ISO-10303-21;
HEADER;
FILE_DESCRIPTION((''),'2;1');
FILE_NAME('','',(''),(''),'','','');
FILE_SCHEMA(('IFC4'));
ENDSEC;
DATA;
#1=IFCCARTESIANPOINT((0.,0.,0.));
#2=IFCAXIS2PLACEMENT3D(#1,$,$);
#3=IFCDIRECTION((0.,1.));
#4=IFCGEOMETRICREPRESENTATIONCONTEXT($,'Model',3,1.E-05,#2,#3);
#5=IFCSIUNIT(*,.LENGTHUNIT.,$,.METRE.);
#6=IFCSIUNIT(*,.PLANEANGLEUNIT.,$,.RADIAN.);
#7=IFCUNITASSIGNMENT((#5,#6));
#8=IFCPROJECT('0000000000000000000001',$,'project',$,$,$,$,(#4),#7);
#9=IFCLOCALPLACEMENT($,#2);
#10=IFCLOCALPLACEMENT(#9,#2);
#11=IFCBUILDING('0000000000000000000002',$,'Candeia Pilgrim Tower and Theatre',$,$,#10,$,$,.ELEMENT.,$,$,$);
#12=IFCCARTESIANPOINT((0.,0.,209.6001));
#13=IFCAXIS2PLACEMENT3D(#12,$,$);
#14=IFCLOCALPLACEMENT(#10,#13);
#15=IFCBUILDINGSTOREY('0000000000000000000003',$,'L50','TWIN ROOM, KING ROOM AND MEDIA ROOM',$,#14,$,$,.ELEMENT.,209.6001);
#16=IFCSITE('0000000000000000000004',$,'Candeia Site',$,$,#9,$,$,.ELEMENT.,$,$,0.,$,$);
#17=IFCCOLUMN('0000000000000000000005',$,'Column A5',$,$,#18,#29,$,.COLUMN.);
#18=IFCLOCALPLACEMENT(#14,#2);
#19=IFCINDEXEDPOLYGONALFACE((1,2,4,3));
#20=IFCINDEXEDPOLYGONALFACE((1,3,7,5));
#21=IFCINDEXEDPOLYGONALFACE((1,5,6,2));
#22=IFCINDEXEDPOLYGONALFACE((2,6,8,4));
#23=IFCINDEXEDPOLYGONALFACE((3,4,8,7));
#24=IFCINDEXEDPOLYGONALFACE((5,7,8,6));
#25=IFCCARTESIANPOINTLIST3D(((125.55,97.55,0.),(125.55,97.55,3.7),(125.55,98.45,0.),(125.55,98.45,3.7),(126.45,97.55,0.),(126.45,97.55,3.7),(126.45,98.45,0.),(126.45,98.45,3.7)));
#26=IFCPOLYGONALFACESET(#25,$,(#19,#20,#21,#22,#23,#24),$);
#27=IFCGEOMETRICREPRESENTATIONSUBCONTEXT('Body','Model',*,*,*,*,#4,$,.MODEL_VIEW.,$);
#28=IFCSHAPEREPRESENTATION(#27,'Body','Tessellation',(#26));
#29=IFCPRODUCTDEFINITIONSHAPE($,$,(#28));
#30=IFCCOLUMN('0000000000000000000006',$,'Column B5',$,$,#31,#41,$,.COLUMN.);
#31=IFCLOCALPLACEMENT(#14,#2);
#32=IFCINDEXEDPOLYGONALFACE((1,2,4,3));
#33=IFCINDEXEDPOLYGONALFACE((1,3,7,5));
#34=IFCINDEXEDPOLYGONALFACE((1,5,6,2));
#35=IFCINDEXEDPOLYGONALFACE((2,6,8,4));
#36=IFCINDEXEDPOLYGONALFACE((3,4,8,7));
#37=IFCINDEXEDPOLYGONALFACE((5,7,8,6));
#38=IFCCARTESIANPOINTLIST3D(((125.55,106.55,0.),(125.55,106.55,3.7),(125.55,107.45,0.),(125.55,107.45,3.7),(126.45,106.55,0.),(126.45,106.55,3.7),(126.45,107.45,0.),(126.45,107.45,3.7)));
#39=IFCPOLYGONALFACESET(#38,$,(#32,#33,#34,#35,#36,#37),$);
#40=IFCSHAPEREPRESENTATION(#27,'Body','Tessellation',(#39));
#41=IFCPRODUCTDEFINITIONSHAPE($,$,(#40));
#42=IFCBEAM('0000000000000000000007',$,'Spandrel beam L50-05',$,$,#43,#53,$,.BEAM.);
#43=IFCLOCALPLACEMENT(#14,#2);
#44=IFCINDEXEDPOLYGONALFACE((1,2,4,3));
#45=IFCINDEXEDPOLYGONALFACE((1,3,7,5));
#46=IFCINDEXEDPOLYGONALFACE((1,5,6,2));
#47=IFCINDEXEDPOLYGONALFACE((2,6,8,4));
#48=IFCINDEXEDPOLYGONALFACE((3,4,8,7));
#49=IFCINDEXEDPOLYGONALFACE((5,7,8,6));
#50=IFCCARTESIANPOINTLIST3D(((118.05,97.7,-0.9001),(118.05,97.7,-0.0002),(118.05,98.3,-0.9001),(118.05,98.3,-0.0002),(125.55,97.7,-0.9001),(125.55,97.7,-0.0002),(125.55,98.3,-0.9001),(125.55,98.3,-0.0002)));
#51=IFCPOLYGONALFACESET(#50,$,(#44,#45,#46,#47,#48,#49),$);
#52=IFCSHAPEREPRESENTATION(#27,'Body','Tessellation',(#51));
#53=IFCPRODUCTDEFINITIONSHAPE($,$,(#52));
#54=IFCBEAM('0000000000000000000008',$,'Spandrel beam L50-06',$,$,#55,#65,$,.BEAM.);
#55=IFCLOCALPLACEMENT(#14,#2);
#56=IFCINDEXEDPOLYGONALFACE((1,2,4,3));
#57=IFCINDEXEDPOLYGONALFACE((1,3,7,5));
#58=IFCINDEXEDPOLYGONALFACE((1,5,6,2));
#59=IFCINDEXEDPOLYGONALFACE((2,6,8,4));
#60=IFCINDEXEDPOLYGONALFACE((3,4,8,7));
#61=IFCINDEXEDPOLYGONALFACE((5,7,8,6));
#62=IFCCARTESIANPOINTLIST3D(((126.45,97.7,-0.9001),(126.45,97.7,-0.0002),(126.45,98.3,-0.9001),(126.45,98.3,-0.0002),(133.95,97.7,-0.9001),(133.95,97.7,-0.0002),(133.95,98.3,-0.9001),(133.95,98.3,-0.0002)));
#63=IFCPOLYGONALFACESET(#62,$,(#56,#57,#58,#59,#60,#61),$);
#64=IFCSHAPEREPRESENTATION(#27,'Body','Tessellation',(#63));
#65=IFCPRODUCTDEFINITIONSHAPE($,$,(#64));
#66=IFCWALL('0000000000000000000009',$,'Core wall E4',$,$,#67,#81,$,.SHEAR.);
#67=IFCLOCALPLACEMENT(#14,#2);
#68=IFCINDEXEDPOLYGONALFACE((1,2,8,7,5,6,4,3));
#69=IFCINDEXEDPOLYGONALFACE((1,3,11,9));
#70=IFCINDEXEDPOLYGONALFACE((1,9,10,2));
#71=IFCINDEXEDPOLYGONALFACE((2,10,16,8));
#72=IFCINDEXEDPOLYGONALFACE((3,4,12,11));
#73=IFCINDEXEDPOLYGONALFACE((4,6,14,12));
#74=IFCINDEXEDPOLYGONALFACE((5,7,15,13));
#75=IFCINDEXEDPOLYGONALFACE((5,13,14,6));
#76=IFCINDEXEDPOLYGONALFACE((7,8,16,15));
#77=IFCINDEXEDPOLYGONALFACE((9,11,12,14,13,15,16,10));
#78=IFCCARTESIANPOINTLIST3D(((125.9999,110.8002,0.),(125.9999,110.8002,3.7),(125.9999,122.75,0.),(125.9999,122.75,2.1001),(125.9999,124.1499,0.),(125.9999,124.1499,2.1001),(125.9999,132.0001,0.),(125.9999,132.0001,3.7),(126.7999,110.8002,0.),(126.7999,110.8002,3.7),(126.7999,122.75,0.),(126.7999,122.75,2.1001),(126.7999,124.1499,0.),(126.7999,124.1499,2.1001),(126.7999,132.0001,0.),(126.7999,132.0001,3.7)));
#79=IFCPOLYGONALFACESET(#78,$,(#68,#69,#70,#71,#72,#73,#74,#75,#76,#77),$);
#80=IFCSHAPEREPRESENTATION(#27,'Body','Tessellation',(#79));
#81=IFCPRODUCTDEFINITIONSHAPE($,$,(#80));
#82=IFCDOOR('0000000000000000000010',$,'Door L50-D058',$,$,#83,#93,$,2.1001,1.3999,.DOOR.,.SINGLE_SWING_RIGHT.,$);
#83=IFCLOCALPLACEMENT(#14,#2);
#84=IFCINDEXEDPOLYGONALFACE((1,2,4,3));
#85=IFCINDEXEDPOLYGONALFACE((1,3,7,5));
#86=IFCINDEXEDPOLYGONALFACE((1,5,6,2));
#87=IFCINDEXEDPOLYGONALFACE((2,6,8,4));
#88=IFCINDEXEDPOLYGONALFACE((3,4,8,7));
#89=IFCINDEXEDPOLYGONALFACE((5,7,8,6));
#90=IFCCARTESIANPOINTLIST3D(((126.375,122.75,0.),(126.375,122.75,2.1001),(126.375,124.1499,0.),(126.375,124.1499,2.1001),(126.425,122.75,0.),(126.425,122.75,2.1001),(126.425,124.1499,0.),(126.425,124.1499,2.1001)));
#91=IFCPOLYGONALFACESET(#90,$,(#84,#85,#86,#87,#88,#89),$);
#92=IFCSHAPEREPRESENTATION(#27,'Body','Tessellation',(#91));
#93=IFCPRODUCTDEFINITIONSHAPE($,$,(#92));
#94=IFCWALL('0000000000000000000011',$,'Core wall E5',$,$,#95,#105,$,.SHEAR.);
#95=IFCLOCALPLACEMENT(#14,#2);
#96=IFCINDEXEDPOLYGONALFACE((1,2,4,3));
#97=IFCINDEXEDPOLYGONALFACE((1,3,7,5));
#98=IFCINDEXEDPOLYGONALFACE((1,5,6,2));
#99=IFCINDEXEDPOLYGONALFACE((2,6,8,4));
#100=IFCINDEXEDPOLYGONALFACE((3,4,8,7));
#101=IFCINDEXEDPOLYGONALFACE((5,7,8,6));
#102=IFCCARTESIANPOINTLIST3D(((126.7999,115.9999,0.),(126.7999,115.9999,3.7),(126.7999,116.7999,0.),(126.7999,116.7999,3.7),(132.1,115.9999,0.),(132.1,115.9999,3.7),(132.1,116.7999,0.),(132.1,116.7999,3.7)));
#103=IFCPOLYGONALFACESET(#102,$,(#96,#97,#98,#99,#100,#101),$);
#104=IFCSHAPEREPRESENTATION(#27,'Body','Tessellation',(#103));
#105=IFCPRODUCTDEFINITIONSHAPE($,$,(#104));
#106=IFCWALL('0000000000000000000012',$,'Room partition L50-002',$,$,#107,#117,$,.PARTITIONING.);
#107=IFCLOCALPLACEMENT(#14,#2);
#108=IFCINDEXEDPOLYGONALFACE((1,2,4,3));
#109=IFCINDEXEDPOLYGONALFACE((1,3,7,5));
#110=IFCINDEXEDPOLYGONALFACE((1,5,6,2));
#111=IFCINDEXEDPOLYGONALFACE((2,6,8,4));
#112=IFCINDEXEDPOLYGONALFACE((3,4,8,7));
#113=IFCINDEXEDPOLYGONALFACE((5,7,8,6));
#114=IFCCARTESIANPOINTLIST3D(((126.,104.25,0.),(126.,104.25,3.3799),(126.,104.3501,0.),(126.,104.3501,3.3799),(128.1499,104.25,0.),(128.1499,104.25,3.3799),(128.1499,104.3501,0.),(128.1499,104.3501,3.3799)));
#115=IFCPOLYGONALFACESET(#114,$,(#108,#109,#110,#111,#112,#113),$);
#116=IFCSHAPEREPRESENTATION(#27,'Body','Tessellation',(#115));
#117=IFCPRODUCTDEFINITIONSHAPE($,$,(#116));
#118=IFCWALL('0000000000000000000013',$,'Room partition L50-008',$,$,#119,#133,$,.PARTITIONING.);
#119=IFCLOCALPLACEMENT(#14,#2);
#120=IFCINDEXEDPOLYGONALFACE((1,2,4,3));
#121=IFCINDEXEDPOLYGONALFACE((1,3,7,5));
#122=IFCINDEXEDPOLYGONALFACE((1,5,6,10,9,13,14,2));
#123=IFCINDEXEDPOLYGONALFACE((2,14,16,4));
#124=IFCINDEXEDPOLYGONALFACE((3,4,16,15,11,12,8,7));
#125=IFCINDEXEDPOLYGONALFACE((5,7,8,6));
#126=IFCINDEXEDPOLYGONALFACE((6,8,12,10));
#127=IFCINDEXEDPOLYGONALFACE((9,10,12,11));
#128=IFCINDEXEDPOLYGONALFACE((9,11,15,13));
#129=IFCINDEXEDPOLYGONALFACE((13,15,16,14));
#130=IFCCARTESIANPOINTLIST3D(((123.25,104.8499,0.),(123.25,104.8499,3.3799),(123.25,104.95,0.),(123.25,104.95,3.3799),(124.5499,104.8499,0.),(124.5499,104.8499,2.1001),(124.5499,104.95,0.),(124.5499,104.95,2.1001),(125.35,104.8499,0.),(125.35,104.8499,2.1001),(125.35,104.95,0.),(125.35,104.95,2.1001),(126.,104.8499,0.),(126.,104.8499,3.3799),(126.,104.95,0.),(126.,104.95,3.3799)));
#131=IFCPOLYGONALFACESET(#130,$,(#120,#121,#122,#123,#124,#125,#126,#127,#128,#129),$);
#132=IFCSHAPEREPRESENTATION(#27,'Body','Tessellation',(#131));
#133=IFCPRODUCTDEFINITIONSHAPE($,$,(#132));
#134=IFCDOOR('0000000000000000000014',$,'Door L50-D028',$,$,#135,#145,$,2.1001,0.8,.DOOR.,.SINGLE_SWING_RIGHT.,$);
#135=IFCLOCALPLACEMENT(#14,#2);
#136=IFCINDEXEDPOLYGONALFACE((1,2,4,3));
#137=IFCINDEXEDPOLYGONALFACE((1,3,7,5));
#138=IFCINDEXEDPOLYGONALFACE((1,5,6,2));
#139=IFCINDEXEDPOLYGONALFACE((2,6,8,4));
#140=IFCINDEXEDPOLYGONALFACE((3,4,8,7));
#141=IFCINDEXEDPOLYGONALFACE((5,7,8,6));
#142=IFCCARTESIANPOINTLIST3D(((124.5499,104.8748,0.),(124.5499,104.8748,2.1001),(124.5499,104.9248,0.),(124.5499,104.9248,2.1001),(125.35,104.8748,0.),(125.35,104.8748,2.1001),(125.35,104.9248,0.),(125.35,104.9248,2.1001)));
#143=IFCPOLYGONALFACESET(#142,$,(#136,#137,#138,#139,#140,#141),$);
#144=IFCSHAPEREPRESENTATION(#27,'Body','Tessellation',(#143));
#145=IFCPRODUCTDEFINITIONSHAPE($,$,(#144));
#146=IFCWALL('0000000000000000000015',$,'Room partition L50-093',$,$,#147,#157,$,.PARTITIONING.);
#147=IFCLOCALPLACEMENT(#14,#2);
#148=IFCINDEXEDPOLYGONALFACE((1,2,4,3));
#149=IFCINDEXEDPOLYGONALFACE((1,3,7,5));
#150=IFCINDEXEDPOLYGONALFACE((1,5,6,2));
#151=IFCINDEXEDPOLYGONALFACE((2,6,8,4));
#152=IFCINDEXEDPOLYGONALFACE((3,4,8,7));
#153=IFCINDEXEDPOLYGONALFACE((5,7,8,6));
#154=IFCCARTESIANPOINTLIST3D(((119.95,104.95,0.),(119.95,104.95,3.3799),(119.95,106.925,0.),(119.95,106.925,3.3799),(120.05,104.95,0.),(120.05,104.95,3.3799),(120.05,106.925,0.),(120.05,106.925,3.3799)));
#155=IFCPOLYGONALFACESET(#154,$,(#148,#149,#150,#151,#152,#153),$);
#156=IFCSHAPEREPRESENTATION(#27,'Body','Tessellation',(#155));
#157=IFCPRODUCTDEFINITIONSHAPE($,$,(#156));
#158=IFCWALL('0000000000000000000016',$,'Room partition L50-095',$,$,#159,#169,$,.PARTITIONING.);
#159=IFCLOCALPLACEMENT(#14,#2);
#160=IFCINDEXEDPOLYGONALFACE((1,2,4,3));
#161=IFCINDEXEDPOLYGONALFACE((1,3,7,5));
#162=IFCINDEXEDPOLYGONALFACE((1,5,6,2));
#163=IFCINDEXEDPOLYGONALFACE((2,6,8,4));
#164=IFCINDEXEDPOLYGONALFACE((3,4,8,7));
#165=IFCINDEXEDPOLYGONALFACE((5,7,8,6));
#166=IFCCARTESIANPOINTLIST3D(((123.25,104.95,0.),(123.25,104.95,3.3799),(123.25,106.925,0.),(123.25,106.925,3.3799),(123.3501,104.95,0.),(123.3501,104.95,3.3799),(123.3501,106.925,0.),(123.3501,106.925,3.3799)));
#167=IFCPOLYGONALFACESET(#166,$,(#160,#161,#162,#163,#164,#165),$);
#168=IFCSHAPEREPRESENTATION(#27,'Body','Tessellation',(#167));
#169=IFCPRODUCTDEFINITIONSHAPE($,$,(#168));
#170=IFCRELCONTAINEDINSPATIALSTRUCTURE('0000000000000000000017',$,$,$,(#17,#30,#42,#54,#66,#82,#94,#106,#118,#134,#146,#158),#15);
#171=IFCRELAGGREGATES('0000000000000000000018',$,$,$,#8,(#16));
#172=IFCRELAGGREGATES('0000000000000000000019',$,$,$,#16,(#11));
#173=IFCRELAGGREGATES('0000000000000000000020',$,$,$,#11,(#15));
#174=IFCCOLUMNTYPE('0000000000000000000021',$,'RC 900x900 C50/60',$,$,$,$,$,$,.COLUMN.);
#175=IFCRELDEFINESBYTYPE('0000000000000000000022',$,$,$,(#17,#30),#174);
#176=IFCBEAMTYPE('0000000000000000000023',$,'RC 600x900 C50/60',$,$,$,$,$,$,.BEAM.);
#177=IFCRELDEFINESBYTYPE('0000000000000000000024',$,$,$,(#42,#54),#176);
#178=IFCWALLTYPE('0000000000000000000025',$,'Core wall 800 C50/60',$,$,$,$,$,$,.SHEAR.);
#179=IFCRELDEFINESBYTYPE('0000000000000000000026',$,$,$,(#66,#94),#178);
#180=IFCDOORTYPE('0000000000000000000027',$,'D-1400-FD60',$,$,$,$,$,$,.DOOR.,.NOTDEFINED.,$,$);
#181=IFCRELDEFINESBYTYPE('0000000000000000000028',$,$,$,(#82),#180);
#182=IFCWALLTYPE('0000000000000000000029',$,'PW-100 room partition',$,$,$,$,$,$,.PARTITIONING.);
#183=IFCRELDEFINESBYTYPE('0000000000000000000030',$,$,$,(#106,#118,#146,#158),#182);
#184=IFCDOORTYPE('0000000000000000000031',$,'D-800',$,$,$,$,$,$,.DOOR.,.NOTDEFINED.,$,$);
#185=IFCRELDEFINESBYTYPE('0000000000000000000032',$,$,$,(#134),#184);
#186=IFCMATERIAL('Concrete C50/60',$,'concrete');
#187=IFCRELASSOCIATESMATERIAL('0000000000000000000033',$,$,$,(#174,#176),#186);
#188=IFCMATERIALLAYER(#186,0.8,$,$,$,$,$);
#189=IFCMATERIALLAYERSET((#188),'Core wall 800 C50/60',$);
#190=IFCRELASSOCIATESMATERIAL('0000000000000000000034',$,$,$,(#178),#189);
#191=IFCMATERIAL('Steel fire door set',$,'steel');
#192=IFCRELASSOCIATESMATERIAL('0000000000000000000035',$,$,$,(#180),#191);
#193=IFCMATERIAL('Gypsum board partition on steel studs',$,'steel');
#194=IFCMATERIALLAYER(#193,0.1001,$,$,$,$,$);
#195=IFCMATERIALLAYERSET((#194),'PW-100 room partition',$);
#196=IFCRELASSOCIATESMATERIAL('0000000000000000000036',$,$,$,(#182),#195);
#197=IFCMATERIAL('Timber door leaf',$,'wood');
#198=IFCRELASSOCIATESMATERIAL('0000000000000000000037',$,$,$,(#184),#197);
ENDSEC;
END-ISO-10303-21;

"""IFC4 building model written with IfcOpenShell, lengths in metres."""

from ifc_helpers import new_model, si_unit, direction, frame, frame_2d, origin, origin_2d, place, context, subcontext, project, spatial, rectangle, extrude, material, layer, layer_set, material_profile, profile_set, type_object, element, fill, save


model = new_model("IFC4")

# Units and contexts
model_context = context("Model", 3, precision=1e-05, world=origin(), true_north=direction((0.0, 1.0)))
body_context = subcontext(model_context, "Body", "Model", "MODEL_VIEW")
ifc_project = project(units=[si_unit("LENGTHUNIT", "METRE"), si_unit("PLANEANGLEUNIT", "RADIAN")], contexts=[model_context])

# Site, building, storey
site_placement = place(None, origin())
site = spatial("IfcSite", under=ifc_project, at=site_placement, Name="Candeia Site", CompositionType="ELEMENT", RefElevation=0.0)
building_placement = place(site_placement, origin())
building = spatial("IfcBuilding", under=site, at=building_placement, Name="Candeia Pilgrim Tower and Theatre", CompositionType="ELEMENT")
storey_placement = place(building_placement, frame((0.0, 0.0, 209.6001)))
storey = spatial("IfcBuildingStorey", under=building, at=storey_placement, Name="L50", Description="TWIN ROOM, KING ROOM AND MEDIA ROOM", CompositionType="ELEMENT", Elevation=209.6001)

# Columns
ifc_material_1 = material(Name="Concrete C50/60", Category="concrete")
ifc_material_profile_1 = material_profile(ifc_material_1, rectangle(XDim=0.8999, YDim=0.8999, at=origin_2d()))
ifc_profile_set_1 = profile_set([ifc_material_profile_1], Name="Concrete C50/60")
column_type = type_object("IfcColumnType", Name="RC 900x900 C50/60", PredefinedType="COLUMN", material=ifc_profile_set_1)
for number, where, z_axis, x_axis, name in (
    (1, (126.0, 98.0, 0.0), (0.0, 0.0, 1.0), (1.0, 0.0, 0.0), "Column A5"),
    (2, (126.0, 107.0, 0.0), (0.0, 0.0, 1.0), (1.0, 0.0, 0.0), "Column B5"),
):
    element("IfcColumn", number, at=place(storey_placement, frame(where, z_axis=z_axis, x_axis=x_axis)), inside=storey, type_object=column_type, Name=name, PredefinedType="COLUMN", context=body_context, shape_type="SweptSolid", body=[
        extrude(rectangle(XDim=0.8999, YDim=0.8999, at=origin_2d()), origin(), (0.0, 0.0, 1.0), 3.7),
    ])

# Beams
ifc_material_profile_2 = material_profile(ifc_material_1, rectangle(XDim=0.6001, YDim=0.8999, at=origin_2d()))
ifc_profile_set_2 = profile_set([ifc_material_profile_2], Name="Concrete C50/60")
beam_type = type_object("IfcBeamType", Name="RC 600x900 C50/60", PredefinedType="BEAM", material=ifc_profile_set_2)
for number, where, z_axis, x_axis, name in (
    (3, (118.05, 98.0, -0.4502), (1.0, 0.0, 0.0), (0.0, 1.0, 0.0), "Spandrel beam L50-05"),
    (4, (126.45, 98.0, -0.4502), (1.0, 0.0, 0.0), (0.0, 1.0, 0.0), "Spandrel beam L50-06"),
):
    element("IfcBeam", number, at=place(storey_placement, frame(where, z_axis=z_axis, x_axis=x_axis)), inside=storey, type_object=beam_type, Name=name, PredefinedType="BEAM", context=body_context, shape_type="SweptSolid", body=[
        extrude(rectangle(XDim=0.6001, YDim=0.8999, at=origin_2d()), origin(), (0.0, 0.0, 1.0), 7.5),
    ])

# Wall, opening, door
ifc_layer_1 = layer(ifc_material_1, 0.8)
ifc_layer_set_1 = layer_set([ifc_layer_1], Name="Core wall 800 C50/60")
wall_type_1 = type_object("IfcWallType", Name="Core wall 800 C50/60", PredefinedType="SHEAR", material=ifc_layer_set_1)
wall_1_placement = place(storey_placement, frame((126.3999, 110.8, 0.0), z_axis=(0.0, 0.0, 1.0), x_axis=(0.0, 1.0, 0.0)))
wall_1 = element("IfcWall", 5, at=wall_1_placement, inside=storey, type_object=wall_type_1, Name="Core wall E4", PredefinedType="SHEAR", context=body_context, shape_type="SweptSolid", body=[
    extrude(rectangle(XDim=21.2, YDim=0.8, at=frame_2d((10.6001, 0.0))), origin(), (0.0, 0.0, 1.0), 3.7),
])
opening_1_placement = place(wall_1_placement, frame((11.95, 0.0, 0.0)))
opening_1 = element("IfcOpeningElement", 6, at=opening_1_placement, cuts=wall_1, PredefinedType="OPENING", context=body_context, shape_type="SweptSolid", body=[
    extrude(rectangle(XDim=1.3999, YDim=2.1001, at=frame_2d((0.7, 1.05))), frame((0.0, 0.4102, 0.0), z_axis=(0.0, -1.0, 0.0), x_axis=(1.0, 0.0, 0.0)), (0.0, 0.0, 1.0), 0.8201),
])
ifc_material_2 = material(Name="Steel fire door set", Category="steel")
door_type_1 = type_object("IfcDoorType", Name="D-1400-FD60", OperationType="NOTDEFINED", PredefinedType="DOOR", material=ifc_material_2)
door_1_placement = place(opening_1_placement, origin())
door_1 = element("IfcDoor", 7, at=door_1_placement, inside=storey, type_object=door_type_1, Name="Door L50-D058", OperationType="SINGLE_SWING_RIGHT", OverallHeight=2.1001, OverallWidth=1.3999, PredefinedType="DOOR", context=body_context, shape_type="SweptSolid", body=[
    extrude(rectangle(XDim=1.3999, YDim=2.1001, at=frame_2d((0.7, 1.05))), frame((0.0, 0.0249, 0.0), z_axis=(0.0, -1.0, 0.0), x_axis=(1.0, 0.0, 0.0)), (0.0, 0.0, 1.0), 0.05),
])
fill(opening_1, door_1)

# Walls
wall_2_placement = place(storey_placement, frame((126.8, 116.3999, 0.0), z_axis=(0.0, 0.0, 1.0), x_axis=(1.0, 0.0, 0.0)))
element("IfcWall", 8, at=wall_2_placement, inside=storey, type_object=wall_type_1, Name="Core wall E5", PredefinedType="SHEAR", context=body_context, shape_type="SweptSolid", body=[
    extrude(rectangle(XDim=5.3, YDim=0.8, at=frame_2d((2.6499, 0.0))), origin(), (0.0, 0.0, 1.0), 3.7),
])
ifc_material_3 = material(Name="Gypsum board partition on steel studs", Category="steel")
ifc_layer_2 = layer(ifc_material_3, 0.1001)
ifc_layer_set_2 = layer_set([ifc_layer_2], Name="PW-100 room partition")
wall_type_2 = type_object("IfcWallType", Name="PW-100 room partition", PredefinedType="PARTITIONING", material=ifc_layer_set_2)
wall_3_placement = place(storey_placement, frame((126.0, 104.3, 0.0), z_axis=(0.0, 0.0, 1.0), x_axis=(1.0, 0.0, 0.0)))
element("IfcWall", 9, at=wall_3_placement, inside=storey, type_object=wall_type_2, Name="Room partition L50-002", PredefinedType="PARTITIONING", context=body_context, shape_type="SweptSolid", body=[
    extrude(rectangle(XDim=2.1499, YDim=0.1001, at=frame_2d((1.075, 0.0))), origin(), (0.0, 0.0, 1.0), 3.3799),
])

# Wall, opening, door
wall_4_placement = place(storey_placement, frame((123.25, 104.8999, 0.0), z_axis=(0.0, 0.0, 1.0), x_axis=(1.0, 0.0, 0.0)))
wall_4 = element("IfcWall", 10, at=wall_4_placement, inside=storey, type_object=wall_type_2, Name="Room partition L50-008", PredefinedType="PARTITIONING", context=body_context, shape_type="SweptSolid", body=[
    extrude(rectangle(XDim=2.75, YDim=0.1001, at=frame_2d((1.375, 0.0))), origin(), (0.0, 0.0, 1.0), 3.3799),
])
opening_2_placement = place(wall_4_placement, frame((1.3, 0.0, 0.0)))
opening_2 = element("IfcOpeningElement", 11, at=opening_2_placement, cuts=wall_4, PredefinedType="OPENING", context=body_context, shape_type="SweptSolid", body=[
    extrude(rectangle(XDim=0.8, YDim=2.1001, at=frame_2d((0.3999, 1.05))), frame((0.0, 0.0601, 0.0), z_axis=(0.0, -1.0, 0.0), x_axis=(1.0, 0.0, 0.0)), (0.0, 0.0, 1.0), 0.1201),
])
ifc_material_4 = material(Name="Timber door leaf", Category="wood")
door_type_2 = type_object("IfcDoorType", Name="D-800", OperationType="NOTDEFINED", PredefinedType="DOOR", material=ifc_material_4)
door_2_placement = place(opening_2_placement, origin())
door_2 = element("IfcDoor", 12, at=door_2_placement, inside=storey, type_object=door_type_2, Name="Door L50-D028", OperationType="SINGLE_SWING_RIGHT", OverallHeight=2.1001, OverallWidth=0.8, PredefinedType="DOOR", context=body_context, shape_type="SweptSolid", body=[
    extrude(rectangle(XDim=0.8, YDim=2.1001, at=frame_2d((0.3999, 1.05))), frame((0.0, 0.0249, 0.0), z_axis=(0.0, -1.0, 0.0), x_axis=(1.0, 0.0, 0.0)), (0.0, 0.0, 1.0), 0.05),
])
fill(opening_2, door_2)

# Walls
for number, where, z_axis, x_axis, name in (
    (13, (120.0, 104.95, 0.0), (0.0, 0.0, 1.0), (0.0, 1.0, 0.0), "Room partition L50-093"),
    (14, (123.3, 104.95, 0.0), (0.0, 0.0, 1.0), (0.0, 1.0, 0.0), "Room partition L50-095"),
):
    element("IfcWall", number, at=place(storey_placement, frame(where, z_axis=z_axis, x_axis=x_axis)), inside=storey, type_object=wall_type_2, Name=name, PredefinedType="PARTITIONING", context=body_context, shape_type="SweptSolid", body=[
        extrude(rectangle(XDim=1.9751, YDim=0.1001, at=frame_2d((0.9875, 0.0))), origin(), (0.0, 0.0, 1.0), 3.3799),
    ])

save(model, "model.ifc")
